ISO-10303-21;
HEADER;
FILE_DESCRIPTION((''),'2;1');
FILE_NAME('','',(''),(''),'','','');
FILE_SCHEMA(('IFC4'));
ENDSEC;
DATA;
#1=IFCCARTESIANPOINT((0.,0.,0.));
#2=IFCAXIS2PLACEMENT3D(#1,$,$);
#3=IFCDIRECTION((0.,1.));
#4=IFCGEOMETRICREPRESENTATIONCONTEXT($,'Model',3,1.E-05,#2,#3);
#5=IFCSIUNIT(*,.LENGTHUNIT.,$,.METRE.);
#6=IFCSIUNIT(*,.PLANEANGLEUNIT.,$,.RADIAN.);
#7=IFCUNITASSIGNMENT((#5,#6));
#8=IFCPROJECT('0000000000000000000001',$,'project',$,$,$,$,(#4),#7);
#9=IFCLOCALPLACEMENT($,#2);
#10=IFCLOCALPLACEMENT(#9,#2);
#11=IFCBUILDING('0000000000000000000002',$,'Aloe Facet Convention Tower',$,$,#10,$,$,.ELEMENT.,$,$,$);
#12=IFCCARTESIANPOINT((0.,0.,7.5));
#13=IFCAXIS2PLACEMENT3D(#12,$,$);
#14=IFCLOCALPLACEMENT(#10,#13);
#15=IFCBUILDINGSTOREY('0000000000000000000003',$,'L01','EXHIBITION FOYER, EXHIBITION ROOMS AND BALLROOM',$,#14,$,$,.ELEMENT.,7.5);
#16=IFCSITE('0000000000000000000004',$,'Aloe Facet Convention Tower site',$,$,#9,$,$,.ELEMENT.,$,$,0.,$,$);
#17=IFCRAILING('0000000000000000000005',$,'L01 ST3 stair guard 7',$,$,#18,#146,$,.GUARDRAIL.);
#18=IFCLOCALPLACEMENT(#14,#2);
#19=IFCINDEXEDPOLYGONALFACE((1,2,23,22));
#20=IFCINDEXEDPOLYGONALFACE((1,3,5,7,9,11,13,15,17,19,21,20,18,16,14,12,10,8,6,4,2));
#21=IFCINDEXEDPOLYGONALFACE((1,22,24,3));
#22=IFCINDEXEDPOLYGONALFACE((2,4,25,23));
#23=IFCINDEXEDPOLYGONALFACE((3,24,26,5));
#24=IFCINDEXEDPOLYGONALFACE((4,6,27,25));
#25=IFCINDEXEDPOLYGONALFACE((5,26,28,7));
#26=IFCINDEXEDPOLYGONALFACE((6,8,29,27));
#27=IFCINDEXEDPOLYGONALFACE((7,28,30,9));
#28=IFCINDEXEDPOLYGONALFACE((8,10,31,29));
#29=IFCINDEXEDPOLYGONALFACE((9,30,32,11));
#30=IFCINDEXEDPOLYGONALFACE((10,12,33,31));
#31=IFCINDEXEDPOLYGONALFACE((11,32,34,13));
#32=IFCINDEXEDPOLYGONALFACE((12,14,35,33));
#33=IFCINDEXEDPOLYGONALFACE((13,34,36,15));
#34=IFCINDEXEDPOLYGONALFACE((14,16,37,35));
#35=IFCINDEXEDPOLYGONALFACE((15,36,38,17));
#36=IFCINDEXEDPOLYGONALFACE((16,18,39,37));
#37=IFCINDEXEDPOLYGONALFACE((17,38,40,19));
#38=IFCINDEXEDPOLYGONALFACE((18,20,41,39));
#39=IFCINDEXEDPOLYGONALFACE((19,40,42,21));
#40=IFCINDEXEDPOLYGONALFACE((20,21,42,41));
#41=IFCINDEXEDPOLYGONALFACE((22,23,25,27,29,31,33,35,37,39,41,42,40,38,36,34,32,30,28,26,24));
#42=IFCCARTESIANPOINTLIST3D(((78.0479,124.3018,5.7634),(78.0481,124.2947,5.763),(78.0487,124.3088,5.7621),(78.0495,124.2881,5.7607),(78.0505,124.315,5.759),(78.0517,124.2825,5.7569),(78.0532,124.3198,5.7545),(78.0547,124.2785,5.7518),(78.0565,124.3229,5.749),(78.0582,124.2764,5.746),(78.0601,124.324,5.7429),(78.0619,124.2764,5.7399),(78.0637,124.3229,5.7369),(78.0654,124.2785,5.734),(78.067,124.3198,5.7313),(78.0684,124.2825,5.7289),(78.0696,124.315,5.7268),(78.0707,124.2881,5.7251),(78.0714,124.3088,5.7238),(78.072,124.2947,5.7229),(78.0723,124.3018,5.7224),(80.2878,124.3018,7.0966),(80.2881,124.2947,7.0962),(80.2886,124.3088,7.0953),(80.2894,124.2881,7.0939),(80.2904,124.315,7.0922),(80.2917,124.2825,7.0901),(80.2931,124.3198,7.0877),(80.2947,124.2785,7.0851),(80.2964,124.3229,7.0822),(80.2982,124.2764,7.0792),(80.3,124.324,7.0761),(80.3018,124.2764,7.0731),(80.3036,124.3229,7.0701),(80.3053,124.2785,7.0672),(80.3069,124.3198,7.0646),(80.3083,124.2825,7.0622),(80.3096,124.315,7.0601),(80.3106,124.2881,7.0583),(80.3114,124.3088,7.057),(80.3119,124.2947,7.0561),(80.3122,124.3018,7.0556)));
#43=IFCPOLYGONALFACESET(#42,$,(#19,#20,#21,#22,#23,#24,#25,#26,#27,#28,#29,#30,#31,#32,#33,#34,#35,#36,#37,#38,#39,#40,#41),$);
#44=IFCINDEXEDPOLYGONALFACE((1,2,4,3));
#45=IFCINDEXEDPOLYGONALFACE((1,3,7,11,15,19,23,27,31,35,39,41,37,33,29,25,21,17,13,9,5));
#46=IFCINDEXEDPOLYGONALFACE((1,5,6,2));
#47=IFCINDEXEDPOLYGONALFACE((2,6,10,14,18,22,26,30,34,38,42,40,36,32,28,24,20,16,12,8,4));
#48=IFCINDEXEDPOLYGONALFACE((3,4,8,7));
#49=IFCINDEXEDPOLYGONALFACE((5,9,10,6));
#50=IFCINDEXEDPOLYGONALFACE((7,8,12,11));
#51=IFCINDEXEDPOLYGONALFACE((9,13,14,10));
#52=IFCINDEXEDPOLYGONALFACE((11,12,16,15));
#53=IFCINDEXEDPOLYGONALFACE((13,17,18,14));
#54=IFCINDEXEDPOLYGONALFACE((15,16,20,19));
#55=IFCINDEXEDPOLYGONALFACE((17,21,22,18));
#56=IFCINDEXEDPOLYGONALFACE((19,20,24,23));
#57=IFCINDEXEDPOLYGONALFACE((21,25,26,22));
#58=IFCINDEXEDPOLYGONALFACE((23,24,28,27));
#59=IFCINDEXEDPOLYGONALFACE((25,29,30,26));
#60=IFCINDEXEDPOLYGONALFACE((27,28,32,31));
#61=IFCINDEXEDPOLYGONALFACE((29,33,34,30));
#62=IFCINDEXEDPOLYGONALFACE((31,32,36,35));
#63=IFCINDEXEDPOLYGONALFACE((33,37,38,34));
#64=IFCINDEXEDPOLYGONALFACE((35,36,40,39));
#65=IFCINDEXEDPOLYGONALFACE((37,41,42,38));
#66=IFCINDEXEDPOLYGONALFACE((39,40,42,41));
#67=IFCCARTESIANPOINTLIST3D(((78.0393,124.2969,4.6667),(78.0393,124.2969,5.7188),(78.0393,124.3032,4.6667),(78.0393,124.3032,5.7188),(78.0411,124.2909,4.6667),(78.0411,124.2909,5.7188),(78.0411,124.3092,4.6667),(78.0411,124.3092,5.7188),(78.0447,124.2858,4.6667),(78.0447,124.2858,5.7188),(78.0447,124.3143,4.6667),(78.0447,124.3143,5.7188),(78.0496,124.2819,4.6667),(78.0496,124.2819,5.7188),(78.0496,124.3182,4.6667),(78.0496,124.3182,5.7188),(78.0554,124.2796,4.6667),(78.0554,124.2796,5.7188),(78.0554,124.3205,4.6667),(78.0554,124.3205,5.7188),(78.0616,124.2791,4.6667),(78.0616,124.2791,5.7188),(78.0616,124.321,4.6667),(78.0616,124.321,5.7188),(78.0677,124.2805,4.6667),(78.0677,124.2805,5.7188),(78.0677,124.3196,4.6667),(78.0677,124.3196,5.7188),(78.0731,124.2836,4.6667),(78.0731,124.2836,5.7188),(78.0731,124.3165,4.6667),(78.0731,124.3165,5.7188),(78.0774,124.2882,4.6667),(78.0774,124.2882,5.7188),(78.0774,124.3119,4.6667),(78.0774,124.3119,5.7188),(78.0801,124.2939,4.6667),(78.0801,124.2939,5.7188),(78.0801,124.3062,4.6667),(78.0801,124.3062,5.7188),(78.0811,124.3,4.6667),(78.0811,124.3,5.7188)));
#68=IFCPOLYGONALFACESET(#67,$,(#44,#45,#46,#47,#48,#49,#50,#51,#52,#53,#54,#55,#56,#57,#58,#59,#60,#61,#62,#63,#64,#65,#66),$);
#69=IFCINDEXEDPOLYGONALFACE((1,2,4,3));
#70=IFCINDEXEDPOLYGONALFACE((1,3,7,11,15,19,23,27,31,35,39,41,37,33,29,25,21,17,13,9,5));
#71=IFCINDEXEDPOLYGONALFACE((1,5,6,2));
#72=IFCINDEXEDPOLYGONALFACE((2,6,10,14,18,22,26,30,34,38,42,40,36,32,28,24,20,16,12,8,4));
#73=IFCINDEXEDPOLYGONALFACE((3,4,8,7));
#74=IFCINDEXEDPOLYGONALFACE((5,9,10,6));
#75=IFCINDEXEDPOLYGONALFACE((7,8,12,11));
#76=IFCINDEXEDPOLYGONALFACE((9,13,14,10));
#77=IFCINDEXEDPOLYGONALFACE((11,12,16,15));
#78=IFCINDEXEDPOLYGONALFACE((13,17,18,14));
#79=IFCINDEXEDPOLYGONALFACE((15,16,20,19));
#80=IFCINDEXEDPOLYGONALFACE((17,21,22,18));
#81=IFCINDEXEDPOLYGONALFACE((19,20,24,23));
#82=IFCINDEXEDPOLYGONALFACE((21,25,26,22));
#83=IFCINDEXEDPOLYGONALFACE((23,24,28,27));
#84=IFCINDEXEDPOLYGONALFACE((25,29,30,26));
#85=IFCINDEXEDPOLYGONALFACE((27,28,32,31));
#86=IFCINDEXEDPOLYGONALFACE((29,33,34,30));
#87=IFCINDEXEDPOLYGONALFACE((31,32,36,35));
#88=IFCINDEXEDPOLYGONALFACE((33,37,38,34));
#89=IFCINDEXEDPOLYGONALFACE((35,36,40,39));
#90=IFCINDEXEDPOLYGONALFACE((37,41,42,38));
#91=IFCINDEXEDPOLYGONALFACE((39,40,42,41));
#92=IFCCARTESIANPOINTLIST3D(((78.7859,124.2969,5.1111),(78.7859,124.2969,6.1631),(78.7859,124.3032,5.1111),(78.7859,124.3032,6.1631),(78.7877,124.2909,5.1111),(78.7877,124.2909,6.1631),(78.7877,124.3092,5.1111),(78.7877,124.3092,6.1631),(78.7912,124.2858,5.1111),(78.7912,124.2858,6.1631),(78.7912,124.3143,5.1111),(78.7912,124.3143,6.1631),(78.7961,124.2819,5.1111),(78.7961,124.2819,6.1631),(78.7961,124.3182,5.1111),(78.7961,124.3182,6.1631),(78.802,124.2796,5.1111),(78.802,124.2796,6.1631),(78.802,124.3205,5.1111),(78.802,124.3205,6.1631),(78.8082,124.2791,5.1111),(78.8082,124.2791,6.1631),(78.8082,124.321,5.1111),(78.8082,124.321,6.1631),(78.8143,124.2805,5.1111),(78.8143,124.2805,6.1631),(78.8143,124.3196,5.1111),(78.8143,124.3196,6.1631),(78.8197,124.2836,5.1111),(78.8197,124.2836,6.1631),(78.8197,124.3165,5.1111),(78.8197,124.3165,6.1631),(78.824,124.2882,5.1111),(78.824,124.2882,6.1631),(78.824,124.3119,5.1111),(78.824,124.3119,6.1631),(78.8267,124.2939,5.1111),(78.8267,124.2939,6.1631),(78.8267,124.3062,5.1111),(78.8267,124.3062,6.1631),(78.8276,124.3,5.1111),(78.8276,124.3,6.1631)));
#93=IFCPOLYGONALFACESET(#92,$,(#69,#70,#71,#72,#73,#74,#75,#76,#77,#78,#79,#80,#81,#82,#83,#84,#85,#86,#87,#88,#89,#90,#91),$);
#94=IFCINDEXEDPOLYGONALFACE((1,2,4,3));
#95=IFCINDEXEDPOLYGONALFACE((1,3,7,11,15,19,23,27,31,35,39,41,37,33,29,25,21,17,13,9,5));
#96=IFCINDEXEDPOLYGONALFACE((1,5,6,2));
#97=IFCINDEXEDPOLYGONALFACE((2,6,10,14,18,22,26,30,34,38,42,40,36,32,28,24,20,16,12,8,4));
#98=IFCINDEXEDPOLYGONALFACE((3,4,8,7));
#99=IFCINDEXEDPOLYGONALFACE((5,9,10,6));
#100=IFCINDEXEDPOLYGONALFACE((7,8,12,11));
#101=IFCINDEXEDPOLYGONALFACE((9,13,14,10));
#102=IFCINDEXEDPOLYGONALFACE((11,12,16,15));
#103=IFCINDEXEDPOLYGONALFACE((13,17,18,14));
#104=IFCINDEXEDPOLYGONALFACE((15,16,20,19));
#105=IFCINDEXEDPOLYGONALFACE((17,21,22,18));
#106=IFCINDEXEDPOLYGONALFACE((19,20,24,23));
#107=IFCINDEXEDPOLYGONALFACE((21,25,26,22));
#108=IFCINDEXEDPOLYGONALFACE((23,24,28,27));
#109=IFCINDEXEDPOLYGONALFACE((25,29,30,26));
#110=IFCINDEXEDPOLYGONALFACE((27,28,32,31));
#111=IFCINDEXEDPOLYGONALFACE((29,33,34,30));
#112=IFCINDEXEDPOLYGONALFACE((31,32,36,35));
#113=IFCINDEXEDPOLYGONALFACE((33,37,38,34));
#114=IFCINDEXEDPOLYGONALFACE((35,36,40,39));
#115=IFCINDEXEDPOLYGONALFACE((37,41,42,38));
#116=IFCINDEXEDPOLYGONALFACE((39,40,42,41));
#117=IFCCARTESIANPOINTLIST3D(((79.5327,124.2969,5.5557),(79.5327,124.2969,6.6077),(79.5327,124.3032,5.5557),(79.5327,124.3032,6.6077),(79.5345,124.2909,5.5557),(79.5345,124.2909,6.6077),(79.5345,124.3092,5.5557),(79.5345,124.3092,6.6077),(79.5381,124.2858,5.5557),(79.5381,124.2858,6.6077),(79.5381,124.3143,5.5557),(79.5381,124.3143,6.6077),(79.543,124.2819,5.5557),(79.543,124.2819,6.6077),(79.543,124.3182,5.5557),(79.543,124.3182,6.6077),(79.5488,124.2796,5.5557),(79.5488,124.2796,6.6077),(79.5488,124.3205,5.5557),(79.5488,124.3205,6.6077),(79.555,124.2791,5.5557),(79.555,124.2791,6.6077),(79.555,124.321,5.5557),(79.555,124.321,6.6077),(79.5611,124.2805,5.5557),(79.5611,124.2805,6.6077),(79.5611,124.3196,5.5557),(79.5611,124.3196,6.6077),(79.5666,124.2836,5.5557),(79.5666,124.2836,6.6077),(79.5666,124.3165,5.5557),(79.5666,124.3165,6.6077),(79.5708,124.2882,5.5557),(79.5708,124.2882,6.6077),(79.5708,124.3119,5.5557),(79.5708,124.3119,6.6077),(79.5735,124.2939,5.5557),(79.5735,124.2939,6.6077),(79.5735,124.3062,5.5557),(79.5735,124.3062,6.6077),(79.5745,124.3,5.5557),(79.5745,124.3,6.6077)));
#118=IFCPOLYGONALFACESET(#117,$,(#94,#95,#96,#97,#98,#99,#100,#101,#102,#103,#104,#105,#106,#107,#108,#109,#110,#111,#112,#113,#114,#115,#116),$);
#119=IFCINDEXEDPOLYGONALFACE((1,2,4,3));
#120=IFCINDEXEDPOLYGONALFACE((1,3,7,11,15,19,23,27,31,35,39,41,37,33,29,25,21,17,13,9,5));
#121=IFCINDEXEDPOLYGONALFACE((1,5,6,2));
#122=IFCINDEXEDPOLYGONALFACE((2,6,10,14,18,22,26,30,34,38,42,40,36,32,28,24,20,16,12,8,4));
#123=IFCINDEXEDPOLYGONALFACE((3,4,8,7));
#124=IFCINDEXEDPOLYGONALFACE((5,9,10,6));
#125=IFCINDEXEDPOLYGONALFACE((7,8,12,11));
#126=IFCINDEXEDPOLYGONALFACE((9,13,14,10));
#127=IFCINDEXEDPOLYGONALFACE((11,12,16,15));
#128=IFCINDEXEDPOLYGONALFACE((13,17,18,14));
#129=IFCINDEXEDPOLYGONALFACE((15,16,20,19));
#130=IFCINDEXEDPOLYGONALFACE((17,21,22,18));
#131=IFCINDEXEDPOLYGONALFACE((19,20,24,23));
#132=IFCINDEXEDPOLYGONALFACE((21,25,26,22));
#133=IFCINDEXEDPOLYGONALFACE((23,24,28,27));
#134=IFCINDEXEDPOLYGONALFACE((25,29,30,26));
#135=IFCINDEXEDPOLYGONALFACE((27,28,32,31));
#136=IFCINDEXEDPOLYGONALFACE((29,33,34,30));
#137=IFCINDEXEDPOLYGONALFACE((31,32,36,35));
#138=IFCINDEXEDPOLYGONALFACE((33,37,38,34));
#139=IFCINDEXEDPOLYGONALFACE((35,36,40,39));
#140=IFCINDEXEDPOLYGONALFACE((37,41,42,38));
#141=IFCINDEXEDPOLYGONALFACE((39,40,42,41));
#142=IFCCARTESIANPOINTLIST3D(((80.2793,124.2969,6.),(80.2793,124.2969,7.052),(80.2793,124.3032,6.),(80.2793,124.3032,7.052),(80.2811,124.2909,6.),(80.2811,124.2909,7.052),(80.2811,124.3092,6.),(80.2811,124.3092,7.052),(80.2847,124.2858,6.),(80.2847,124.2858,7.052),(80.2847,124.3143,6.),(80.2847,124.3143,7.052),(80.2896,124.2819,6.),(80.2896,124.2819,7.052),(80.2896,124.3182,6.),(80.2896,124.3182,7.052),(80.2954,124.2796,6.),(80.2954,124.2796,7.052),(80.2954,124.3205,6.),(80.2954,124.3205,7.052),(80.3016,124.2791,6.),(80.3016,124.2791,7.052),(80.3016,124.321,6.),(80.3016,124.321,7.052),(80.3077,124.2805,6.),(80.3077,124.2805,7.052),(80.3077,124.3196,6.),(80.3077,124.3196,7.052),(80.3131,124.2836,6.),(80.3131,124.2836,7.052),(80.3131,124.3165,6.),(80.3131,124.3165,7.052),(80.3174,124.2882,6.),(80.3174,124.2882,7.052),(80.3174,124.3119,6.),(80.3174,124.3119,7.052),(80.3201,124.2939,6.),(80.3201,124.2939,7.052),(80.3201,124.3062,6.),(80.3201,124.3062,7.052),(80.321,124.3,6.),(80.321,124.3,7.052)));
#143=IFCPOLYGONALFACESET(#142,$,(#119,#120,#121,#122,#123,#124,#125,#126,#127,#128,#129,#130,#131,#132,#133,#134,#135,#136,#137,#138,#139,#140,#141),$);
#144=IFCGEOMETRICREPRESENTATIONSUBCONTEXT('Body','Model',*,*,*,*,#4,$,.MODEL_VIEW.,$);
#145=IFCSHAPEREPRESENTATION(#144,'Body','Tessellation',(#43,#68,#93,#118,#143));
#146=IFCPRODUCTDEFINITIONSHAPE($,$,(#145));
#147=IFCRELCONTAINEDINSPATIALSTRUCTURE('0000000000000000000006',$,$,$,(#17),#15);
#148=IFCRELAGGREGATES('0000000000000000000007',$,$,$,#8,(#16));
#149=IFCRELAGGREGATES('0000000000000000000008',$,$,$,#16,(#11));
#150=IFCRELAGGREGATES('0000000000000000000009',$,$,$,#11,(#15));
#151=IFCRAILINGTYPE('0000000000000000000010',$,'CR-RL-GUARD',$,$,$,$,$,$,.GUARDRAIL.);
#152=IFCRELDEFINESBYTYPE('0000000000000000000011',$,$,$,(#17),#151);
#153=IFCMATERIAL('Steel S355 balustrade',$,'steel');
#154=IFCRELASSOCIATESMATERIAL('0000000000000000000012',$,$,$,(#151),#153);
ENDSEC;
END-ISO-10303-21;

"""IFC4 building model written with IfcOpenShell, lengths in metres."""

from ifc_helpers import new_model, si_unit, direction, frame, origin, origin_2d, place, context, subcontext, project, spatial, circle, extrude, material, type_object, element, save


model = new_model("IFC4")

# Units and contexts
model_context = context("Model", 3, precision=1e-05, world=origin(), true_north=direction((0.0, 1.0)))
body_context = subcontext(model_context, "Body", "Model", "MODEL_VIEW")
ifc_project = project(units=[si_unit("LENGTHUNIT", "METRE"), si_unit("PLANEANGLEUNIT", "RADIAN")], contexts=[model_context])

# Site, building, storey
site_placement = place(None, origin())
site = spatial("IfcSite", under=ifc_project, at=site_placement, Name="Aloe Facet Convention Tower site", CompositionType="ELEMENT", RefElevation=0.0)
building_placement = place(site_placement, origin())
building = spatial("IfcBuilding", under=site, at=building_placement, Name="Aloe Facet Convention Tower", CompositionType="ELEMENT")
storey_placement = place(building_placement, frame((0.0, 0.0, 7.5)))
storey = spatial("IfcBuildingStorey", under=building, at=storey_placement, Name="L01", Description="EXHIBITION FOYER, EXHIBITION ROOMS AND BALLROOM", CompositionType="ELEMENT", Elevation=7.5)

# Railing
ifc_material_1 = material(Name="Steel S355 balustrade", Category="steel")
railing_type_1 = type_object("IfcRailingType", Name="CR-RL-GUARD", PredefinedType="GUARDRAIL", material=ifc_material_1)
railing_1_placement = place(storey_placement, frame((78.0601, 124.3, 4.6667)))
element("IfcRailing", 1, at=railing_1_placement, inside=storey, type_object=railing_type_1, Name="L01 ST3 stair guard 7", PredefinedType="GUARDRAIL", context=body_context, shape_type="SweptSolid", body=[
    extrude(circle(Radius=0.0239, at=origin_2d()), frame((0.0, 0.0, 1.0762), z_axis=(0.859306, 0.0, 0.511462), x_axis=(0.0, 1.0, 0.0)), (0.0, 0.0, 1.0), 2.6067),
    extrude(circle(Radius=0.021, at=origin_2d()), origin(), (0.0, 0.0, 1.0), 1.052),
    extrude(circle(Radius=0.021, at=origin_2d()), frame((0.7466, 0.0, 0.4443)), (0.0, 0.0, 1.0), 1.052),
    extrude(circle(Radius=0.021, at=origin_2d()), frame((1.4934, 0.0, 0.8889)), (0.0, 0.0, 1.0), 1.052),
    extrude(circle(Radius=0.021, at=origin_2d()), frame((2.24, 0.0, 1.3333)), (0.0, 0.0, 1.0), 1.052),
])

save(model, "model.ifc")
